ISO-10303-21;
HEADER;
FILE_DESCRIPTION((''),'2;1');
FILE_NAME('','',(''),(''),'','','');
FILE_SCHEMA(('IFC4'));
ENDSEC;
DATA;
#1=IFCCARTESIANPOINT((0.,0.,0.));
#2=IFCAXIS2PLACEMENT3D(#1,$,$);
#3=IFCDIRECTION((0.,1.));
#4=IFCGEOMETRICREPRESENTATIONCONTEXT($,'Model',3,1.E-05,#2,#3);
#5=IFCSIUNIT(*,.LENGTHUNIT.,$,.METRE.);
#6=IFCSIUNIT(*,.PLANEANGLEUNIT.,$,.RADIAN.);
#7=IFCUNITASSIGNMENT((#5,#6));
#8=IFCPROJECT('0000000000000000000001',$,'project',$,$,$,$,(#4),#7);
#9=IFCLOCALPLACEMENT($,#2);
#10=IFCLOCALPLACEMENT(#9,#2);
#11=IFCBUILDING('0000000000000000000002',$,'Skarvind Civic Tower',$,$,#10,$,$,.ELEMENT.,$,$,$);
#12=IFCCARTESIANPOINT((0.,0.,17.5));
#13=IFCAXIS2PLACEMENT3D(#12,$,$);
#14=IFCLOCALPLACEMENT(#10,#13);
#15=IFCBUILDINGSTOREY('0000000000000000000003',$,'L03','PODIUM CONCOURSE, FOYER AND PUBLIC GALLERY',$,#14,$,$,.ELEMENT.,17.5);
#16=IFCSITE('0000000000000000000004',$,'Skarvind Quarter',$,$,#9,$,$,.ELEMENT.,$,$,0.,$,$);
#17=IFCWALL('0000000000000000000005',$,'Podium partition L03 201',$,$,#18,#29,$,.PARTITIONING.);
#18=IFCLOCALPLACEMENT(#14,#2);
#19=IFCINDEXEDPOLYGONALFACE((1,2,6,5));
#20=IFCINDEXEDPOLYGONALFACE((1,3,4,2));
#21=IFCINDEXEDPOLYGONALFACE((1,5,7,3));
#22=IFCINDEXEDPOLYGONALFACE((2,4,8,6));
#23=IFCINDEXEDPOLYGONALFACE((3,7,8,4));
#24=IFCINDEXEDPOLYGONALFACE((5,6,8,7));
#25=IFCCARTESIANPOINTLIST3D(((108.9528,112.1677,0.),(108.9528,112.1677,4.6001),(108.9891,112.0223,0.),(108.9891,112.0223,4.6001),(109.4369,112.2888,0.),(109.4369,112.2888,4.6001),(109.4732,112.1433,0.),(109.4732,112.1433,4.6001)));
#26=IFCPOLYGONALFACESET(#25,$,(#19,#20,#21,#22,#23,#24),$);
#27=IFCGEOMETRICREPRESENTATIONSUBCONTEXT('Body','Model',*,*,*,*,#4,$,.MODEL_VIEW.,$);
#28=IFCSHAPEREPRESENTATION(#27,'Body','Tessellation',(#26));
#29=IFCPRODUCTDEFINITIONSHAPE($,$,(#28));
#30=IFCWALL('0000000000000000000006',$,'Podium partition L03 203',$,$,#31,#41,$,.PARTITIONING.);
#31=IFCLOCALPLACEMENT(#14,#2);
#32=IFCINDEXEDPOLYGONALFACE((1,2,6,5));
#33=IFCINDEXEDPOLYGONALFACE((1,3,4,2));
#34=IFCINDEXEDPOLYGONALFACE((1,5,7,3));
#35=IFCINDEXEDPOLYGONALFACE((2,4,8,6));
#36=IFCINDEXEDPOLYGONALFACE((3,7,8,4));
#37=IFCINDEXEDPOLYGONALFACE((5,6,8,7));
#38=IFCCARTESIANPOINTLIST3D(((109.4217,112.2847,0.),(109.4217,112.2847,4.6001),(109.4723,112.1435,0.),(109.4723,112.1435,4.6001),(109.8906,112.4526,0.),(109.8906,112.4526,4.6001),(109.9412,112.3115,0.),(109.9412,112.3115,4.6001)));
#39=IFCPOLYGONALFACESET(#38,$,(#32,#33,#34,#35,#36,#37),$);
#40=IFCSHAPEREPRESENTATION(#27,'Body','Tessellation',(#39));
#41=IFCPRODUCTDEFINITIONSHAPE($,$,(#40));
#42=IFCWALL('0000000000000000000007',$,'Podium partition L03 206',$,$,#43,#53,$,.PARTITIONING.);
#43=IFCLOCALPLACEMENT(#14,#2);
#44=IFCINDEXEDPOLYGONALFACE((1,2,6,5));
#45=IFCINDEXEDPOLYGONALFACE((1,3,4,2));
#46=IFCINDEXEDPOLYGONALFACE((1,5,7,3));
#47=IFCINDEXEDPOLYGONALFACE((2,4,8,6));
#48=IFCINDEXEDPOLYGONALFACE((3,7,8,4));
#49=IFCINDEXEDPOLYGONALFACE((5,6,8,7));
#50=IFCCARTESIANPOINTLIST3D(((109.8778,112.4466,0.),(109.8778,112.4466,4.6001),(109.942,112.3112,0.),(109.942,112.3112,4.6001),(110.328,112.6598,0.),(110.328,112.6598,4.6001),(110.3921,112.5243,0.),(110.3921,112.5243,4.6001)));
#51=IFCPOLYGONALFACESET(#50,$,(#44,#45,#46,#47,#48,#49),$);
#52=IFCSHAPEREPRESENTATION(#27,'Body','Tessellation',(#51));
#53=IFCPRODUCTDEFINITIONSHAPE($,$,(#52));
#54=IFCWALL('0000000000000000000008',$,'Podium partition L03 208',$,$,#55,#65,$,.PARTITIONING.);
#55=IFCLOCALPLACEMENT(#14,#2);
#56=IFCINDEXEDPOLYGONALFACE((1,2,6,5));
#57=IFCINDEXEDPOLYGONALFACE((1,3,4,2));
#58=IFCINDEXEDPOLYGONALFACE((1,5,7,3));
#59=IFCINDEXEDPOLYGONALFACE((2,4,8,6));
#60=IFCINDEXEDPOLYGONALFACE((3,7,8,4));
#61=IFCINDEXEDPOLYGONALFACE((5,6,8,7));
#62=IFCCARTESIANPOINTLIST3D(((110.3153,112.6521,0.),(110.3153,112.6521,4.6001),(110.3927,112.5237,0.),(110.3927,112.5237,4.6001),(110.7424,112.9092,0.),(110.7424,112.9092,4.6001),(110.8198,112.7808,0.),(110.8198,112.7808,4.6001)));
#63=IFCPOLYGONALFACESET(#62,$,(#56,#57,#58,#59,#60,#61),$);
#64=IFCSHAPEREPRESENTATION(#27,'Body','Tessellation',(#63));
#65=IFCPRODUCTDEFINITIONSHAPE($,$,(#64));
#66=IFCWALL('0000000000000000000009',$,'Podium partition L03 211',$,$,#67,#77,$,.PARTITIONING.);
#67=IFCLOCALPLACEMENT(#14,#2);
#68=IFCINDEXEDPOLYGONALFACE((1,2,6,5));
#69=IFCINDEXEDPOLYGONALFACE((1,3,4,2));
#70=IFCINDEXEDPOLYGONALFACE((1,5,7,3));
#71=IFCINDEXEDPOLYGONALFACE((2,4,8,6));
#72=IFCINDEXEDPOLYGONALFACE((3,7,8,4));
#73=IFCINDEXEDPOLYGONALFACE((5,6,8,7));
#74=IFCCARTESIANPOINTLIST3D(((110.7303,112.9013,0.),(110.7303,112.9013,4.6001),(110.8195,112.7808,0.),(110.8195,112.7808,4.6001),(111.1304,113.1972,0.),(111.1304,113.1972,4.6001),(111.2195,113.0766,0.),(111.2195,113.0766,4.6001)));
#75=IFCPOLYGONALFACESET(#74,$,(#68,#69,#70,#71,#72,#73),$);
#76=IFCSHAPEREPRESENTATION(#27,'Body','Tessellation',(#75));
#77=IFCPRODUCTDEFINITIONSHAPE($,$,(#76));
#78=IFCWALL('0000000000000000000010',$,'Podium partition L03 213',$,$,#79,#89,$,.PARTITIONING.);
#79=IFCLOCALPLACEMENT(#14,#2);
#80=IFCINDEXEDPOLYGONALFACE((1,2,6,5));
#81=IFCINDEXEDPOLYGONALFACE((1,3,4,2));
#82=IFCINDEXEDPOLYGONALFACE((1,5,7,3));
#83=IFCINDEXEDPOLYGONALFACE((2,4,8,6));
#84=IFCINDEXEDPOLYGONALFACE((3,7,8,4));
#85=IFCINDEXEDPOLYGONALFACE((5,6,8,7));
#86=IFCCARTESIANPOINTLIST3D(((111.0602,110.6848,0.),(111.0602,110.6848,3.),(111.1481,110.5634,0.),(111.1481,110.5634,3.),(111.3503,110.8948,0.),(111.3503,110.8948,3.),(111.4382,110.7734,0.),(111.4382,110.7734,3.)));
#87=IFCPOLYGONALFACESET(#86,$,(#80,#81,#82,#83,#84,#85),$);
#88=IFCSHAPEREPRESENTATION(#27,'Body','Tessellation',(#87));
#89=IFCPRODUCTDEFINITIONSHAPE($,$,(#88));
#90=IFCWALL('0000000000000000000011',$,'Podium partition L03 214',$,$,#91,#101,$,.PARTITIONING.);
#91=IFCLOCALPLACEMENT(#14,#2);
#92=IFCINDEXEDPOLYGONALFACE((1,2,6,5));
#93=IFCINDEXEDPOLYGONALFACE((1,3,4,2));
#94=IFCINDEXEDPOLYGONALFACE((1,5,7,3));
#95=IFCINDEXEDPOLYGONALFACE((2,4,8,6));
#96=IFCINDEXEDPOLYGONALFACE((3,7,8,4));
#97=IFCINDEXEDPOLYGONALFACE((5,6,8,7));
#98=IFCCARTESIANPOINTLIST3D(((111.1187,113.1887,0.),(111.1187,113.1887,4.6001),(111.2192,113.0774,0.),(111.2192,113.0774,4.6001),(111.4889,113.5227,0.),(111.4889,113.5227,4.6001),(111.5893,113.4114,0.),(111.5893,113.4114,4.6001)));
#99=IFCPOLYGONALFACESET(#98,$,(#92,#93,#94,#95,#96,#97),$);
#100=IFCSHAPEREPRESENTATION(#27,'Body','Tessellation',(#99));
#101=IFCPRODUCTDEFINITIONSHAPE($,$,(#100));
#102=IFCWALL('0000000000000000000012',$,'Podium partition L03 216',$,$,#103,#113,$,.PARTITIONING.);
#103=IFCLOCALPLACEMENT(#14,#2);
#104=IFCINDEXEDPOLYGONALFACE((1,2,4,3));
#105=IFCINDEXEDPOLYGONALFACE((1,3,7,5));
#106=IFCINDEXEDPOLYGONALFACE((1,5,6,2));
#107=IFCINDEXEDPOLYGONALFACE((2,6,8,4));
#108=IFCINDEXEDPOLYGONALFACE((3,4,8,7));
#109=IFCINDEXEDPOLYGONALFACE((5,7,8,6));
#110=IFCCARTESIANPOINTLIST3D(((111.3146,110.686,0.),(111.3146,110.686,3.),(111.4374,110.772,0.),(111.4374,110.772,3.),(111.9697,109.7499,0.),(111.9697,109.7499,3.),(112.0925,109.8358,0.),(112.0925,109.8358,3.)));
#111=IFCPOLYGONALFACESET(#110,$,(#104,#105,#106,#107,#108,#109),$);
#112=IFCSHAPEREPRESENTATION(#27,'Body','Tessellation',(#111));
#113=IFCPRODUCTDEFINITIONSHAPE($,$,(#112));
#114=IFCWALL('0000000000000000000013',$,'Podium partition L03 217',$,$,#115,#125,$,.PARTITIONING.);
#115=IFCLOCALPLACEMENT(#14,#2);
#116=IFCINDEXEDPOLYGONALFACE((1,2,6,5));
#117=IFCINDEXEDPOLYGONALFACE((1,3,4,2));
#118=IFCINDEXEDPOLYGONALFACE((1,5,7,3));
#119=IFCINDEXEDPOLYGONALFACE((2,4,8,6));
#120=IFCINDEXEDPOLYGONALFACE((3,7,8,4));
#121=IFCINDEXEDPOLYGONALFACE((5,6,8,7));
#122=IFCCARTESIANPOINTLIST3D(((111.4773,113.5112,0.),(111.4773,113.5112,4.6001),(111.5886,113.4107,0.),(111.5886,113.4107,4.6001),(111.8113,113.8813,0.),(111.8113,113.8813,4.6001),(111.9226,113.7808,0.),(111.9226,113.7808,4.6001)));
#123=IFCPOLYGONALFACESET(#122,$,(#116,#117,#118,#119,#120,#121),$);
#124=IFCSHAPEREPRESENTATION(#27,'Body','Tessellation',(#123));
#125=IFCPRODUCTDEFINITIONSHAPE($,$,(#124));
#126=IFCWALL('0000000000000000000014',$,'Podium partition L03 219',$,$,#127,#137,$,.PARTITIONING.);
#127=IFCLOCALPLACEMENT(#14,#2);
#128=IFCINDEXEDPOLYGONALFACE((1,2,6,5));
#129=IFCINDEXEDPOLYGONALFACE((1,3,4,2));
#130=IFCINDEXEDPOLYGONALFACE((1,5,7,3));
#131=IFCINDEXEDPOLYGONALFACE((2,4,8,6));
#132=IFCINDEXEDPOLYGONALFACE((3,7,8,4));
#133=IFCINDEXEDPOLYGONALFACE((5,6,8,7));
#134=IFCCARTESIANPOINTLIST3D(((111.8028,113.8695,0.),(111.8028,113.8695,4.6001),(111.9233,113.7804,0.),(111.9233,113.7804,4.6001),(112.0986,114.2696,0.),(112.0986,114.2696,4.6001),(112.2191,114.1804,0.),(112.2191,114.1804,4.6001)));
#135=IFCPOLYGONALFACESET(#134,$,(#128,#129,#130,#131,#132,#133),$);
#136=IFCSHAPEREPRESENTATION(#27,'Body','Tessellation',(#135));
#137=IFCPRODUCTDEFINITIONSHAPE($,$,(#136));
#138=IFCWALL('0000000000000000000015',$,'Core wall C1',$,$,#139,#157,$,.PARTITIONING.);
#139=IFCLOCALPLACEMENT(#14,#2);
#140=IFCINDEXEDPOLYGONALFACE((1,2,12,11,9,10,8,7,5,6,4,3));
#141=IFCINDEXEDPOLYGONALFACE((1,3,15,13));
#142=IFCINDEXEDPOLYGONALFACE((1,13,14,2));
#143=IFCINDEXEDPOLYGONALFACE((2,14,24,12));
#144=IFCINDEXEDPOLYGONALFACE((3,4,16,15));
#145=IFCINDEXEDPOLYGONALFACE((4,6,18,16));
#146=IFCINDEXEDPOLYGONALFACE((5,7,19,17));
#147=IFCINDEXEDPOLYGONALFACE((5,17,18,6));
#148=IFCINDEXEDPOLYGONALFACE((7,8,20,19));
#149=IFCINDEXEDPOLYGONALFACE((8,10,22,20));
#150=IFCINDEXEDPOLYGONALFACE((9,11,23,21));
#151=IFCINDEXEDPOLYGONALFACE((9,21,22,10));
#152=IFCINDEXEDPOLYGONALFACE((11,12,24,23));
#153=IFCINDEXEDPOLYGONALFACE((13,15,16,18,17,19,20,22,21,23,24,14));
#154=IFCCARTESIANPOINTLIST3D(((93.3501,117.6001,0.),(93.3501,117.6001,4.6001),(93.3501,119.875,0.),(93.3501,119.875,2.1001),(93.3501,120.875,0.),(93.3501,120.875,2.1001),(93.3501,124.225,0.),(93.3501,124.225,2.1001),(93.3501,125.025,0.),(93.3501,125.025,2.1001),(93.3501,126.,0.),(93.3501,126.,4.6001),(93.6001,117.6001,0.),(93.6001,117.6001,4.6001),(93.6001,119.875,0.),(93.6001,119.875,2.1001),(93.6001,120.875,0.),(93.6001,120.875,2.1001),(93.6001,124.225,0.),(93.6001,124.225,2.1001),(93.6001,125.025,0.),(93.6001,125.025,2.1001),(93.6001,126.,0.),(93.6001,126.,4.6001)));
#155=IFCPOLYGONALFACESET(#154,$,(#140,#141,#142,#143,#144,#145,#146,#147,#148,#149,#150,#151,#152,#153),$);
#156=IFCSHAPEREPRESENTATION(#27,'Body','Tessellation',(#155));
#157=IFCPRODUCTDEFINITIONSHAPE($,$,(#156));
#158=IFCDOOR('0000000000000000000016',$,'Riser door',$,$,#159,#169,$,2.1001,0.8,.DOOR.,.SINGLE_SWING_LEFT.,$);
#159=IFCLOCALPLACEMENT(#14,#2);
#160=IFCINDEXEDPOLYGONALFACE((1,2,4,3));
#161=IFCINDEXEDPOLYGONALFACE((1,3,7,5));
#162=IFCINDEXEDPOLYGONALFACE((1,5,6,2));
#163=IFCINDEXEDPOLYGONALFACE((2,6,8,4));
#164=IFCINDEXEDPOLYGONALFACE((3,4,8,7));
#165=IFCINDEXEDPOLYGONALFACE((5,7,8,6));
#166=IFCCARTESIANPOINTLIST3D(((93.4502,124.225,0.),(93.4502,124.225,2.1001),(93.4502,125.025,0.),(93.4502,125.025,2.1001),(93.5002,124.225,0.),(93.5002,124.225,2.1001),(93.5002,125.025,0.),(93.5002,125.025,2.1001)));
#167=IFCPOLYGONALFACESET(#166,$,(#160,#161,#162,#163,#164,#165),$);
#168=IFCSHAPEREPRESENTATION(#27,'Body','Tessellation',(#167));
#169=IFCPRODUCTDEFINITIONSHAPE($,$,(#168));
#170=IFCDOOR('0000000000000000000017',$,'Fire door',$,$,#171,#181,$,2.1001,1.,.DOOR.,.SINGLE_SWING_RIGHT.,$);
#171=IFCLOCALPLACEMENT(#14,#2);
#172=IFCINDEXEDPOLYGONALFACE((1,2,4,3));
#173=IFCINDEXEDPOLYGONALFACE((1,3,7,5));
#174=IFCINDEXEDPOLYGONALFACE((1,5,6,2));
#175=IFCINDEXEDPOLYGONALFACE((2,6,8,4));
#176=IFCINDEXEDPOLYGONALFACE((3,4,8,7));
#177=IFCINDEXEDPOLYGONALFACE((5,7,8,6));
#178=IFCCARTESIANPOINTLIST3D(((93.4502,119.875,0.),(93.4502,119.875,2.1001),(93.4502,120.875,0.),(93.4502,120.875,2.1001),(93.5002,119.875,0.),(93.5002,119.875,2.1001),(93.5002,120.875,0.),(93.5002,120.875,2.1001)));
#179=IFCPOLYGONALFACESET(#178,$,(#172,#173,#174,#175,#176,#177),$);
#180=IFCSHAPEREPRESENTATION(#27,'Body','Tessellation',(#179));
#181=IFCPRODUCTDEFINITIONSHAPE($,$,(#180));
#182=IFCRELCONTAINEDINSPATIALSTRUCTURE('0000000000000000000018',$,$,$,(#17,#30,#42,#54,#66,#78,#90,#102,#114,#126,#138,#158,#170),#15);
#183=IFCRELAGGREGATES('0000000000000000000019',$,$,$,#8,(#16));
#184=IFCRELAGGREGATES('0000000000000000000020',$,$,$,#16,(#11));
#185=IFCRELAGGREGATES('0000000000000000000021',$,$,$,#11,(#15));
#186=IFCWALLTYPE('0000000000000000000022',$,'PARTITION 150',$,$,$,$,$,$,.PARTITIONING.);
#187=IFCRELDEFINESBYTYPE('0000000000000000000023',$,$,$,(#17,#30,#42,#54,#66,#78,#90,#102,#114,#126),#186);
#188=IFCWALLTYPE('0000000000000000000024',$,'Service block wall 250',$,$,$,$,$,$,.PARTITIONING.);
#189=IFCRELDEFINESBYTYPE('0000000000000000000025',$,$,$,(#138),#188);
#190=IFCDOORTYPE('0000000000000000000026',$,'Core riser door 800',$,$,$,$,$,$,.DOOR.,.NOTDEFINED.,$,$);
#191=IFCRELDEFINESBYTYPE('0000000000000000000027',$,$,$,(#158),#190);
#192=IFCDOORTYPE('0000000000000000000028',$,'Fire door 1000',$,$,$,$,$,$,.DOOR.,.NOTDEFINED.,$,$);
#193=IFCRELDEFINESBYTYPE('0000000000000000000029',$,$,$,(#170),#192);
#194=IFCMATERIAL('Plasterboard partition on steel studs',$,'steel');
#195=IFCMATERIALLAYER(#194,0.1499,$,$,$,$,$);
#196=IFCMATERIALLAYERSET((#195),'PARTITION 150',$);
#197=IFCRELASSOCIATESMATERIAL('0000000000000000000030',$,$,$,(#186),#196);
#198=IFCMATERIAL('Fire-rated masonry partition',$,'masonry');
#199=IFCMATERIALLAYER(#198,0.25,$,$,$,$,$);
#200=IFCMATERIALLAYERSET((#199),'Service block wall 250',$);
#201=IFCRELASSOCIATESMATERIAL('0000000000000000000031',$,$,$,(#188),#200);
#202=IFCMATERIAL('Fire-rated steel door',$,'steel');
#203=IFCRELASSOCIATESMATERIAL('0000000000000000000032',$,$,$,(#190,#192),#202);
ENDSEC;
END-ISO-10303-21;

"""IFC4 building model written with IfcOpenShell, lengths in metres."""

from ifc_helpers import new_model, si_unit, direction, frame, frame_2d, origin, place, context, subcontext, project, spatial, rectangle, extrude, material, layer, layer_set, type_object, element, fill, save


model = new_model("IFC4")

# Units and contexts
model_context = context("Model", 3, precision=1e-05, world=origin(), true_north=direction((0.0, 1.0)))
body_context = subcontext(model_context, "Body", "Model", "MODEL_VIEW")
ifc_project = project(units=[si_unit("LENGTHUNIT", "METRE"), si_unit("PLANEANGLEUNIT", "RADIAN")], contexts=[model_context])

# Site, building, storey
site_placement = place(None, origin())
site = spatial("IfcSite", under=ifc_project, at=site_placement, Name="Skarvind Quarter", CompositionType="ELEMENT", RefElevation=0.0)
building_placement = place(site_placement, origin())
building = spatial("IfcBuilding", under=site, at=building_placement, Name="Skarvind Civic Tower", CompositionType="ELEMENT")
storey_placement = place(building_placement, frame((0.0, 0.0, 17.5)))
storey = spatial("IfcBuildingStorey", under=building, at=storey_placement, Name="L03", Description="PODIUM CONCOURSE, FOYER AND PUBLIC GALLERY", CompositionType="ELEMENT", Elevation=17.5)

# Shared definitions
ifc_material_1 = material(Name="Fire-rated masonry partition", Category="masonry")
ifc_material_2 = material(Name="Fire-rated steel door", Category="steel")

# Shared definitions
ifc_material_3 = material(Name="Plasterboard partition on steel studs", Category="steel")
ifc_layer_1 = layer(ifc_material_3, 0.1499)
ifc_layer_set_1 = layer_set([ifc_layer_1], Name="PARTITION 150")
wall_type_1 = type_object("IfcWallType", Name="PARTITION 150", PredefinedType="PARTITIONING", material=ifc_layer_set_1)

# Walls
wall_1_placement = place(storey_placement, frame((108.9709, 112.095, 0.0), z_axis=(0.0, 0.0, 1.0), x_axis=(0.970114, 0.242651, 0.0)))
element("IfcWall", 1, at=wall_1_placement, inside=storey, type_object=wall_type_1, Name="Podium partition L03 201", PredefinedType="PARTITIONING", context=body_context, shape_type="SweptSolid", body=[
    extrude(rectangle(XDim=0.499, YDim=0.1499, at=frame_2d((0.2495, 0.0))), origin(), (0.0, 0.0, 1.0), 4.6001),
])
for number, where, z_axis, x_axis, name in (
    (2, (109.447, 112.2141, 0.0), (0.0, 0.0, 1.0), (0.941442, 0.337174, 0.0), "Podium partition L03 203"),
    (3, (109.9099, 112.3789, 0.0), (0.0, 0.0, 1.0), (0.903828, 0.427897, 0.0), "Podium partition L03 206"),
):
    element("IfcWall", number, at=place(storey_placement, frame(where, z_axis=z_axis, x_axis=x_axis)), inside=storey, type_object=wall_type_1, Name=name, PredefinedType="PARTITIONING", context=body_context, shape_type="SweptSolid", body=[
        extrude(rectangle(XDim=0.498, YDim=0.1499, at=frame_2d((0.249, 0.0))), origin(), (0.0, 0.0, 1.0), 4.6001),
    ])
wall_2_placement = place(storey_placement, frame((110.354, 112.5879, 0.0), z_axis=(0.0, 0.0, 1.0), x_axis=(0.856714, 0.515792, 0.0)))
element("IfcWall", 4, at=wall_2_placement, inside=storey, type_object=wall_type_1, Name="Podium partition L03 208", PredefinedType="PARTITIONING", context=body_context, shape_type="SweptSolid", body=[
    extrude(rectangle(XDim=0.4985, YDim=0.1499, at=frame_2d((0.2493, 0.0))), origin(), (0.0, 0.0, 1.0), 4.6001),
])
wall_3_placement = place(storey_placement, frame((110.7749, 112.8411, 0.0), z_axis=(0.0, 0.0, 1.0), x_axis=(0.804044, 0.59457, 0.0)))
element("IfcWall", 5, at=wall_3_placement, inside=storey, type_object=wall_type_1, Name="Podium partition L03 211", PredefinedType="PARTITIONING", context=body_context, shape_type="SweptSolid", body=[
    extrude(rectangle(XDim=0.4976, YDim=0.1499, at=frame_2d((0.2488, 0.0))), origin(), (0.0, 0.0, 1.0), 4.6001),
])
wall_4_placement = place(storey_placement, frame((111.104, 110.624, 0.0), z_axis=(0.0, 0.0, 1.0), x_axis=(0.810031, 0.586386, 0.0)))
element("IfcWall", 6, at=wall_4_placement, inside=storey, type_object=wall_type_1, Name="Podium partition L03 213", PredefinedType="PARTITIONING", context=body_context, shape_type="SweptSolid", body=[
    extrude(rectangle(XDim=0.3582, YDim=0.1499, at=frame_2d((0.1792, 0.0))), origin(), (0.0, 0.0, 1.0), 3.0),
])
wall_5_placement = place(storey_placement, frame((111.1689, 113.1331, 0.0), z_axis=(0.0, 0.0, 1.0), x_axis=(0.742417, 0.669938, 0.0)))
element("IfcWall", 7, at=wall_5_placement, inside=storey, type_object=wall_type_1, Name="Podium partition L03 214", PredefinedType="PARTITIONING", context=body_context, shape_type="SweptSolid", body=[
    extrude(rectangle(XDim=0.4985, YDim=0.1499, at=frame_2d((0.2493, 0.0))), origin(), (0.0, 0.0, 1.0), 4.6001),
])
wall_6_placement = place(storey_placement, frame((111.376, 110.729, 0.0), z_axis=(0.0, 0.0, 1.0), x_axis=(0.573348, -0.819312, 0.0)))
element("IfcWall", 8, at=wall_6_placement, inside=storey, type_object=wall_type_1, Name="Podium partition L03 216", PredefinedType="PARTITIONING", context=body_context, shape_type="SweptSolid", body=[
    extrude(rectangle(XDim=1.1426, YDim=0.1499, at=frame_2d((0.5713, 0.0))), origin(), (0.0, 0.0, 1.0), 3.0),
])
wall_7_placement = place(storey_placement, frame((111.533, 113.4609, 0.0), z_axis=(0.0, 0.0, 1.0), x_axis=(0.669938, 0.742417, 0.0)))
element("IfcWall", 9, at=wall_7_placement, inside=storey, type_object=wall_type_1, Name="Podium partition L03 217", PredefinedType="PARTITIONING", context=body_context, shape_type="SweptSolid", body=[
    extrude(rectangle(XDim=0.4985, YDim=0.1499, at=frame_2d((0.2493, 0.0))), origin(), (0.0, 0.0, 1.0), 4.6001),
])
wall_8_placement = place(storey_placement, frame((111.863, 113.825, 0.0), z_axis=(0.0, 0.0, 1.0), x_axis=(0.59457, 0.804044, 0.0)))
element("IfcWall", 10, at=wall_8_placement, inside=storey, type_object=wall_type_1, Name="Podium partition L03 219", PredefinedType="PARTITIONING", context=body_context, shape_type="SweptSolid", body=[
    extrude(rectangle(XDim=0.4976, YDim=0.1499, at=frame_2d((0.2488, 0.0))), origin(), (0.0, 0.0, 1.0), 4.6001),
])

# Wall, openings, doors
ifc_layer_2 = layer(ifc_material_1, 0.25)
ifc_layer_set_2 = layer_set([ifc_layer_2], Name="Service block wall 250")
wall_type_2 = type_object("IfcWallType", Name="Service block wall 250", PredefinedType="PARTITIONING", material=ifc_layer_set_2)
wall_9_placement = place(storey_placement, frame((93.4751, 117.6001, 0.0), z_axis=(0.0, 0.0, 1.0), x_axis=(0.0, 1.0, 0.0)))
wall_9 = element("IfcWall", 11, at=wall_9_placement, inside=storey, type_object=wall_type_2, Name="Core wall C1", PredefinedType="PARTITIONING", context=body_context, shape_type="SweptSolid", body=[
    extrude(rectangle(XDim=8.3999, YDim=0.25, at=frame_2d((4.2, 0.0))), origin(), (0.0, 0.0, 1.0), 4.6001),
])
opening_1_placement = place(wall_9_placement, frame((6.625, 0.0, 0.0)))
opening_1 = element("IfcOpeningElement", 12, at=opening_1_placement, cuts=wall_9, PredefinedType="OPENING", context=body_context, shape_type="SweptSolid", body=[
    extrude(rectangle(XDim=0.8, YDim=2.1001, at=frame_2d((0.3999, 1.05))), frame((0.0, 0.135, 0.0), z_axis=(0.0, -1.0, 0.0), x_axis=(1.0, 0.0, 0.0)), (0.0, 0.0, 1.0), 0.27),
])
opening_2_placement = place(wall_9_placement, frame((2.2749, 0.0, 0.0)))
opening_2 = element("IfcOpeningElement", 13, at=opening_2_placement, cuts=wall_9, PredefinedType="OPENING", context=body_context, shape_type="SweptSolid", body=[
    extrude(rectangle(XDim=1.0, YDim=2.1001, at=frame_2d((0.5, 1.05))), frame((0.0, 0.135, 0.0), z_axis=(0.0, -1.0, 0.0), x_axis=(1.0, 0.0, 0.0)), (0.0, 0.0, 1.0), 0.27),
])
door_type_1 = type_object("IfcDoorType", Name="Core riser door 800", OperationType="NOTDEFINED", PredefinedType="DOOR", material=ifc_material_2)
door_1_placement = place(opening_1_placement, origin())
door_1 = element("IfcDoor", 14, at=door_1_placement, inside=storey, type_object=door_type_1, Name="Riser door", OperationType="SINGLE_SWING_LEFT", OverallHeight=2.1001, OverallWidth=0.8, PredefinedType="DOOR", context=body_context, shape_type="SweptSolid", body=[
    extrude(rectangle(XDim=0.8, YDim=2.1001, at=frame_2d((0.3999, 1.05))), frame((0.0, 0.0249, 0.0), z_axis=(0.0, -1.0, 0.0), x_axis=(1.0, 0.0, 0.0)), (0.0, 0.0, 1.0), 0.05),
])
fill(opening_1, door_1)
door_type_2 = type_object("IfcDoorType", Name="Fire door 1000", OperationType="NOTDEFINED", PredefinedType="DOOR", material=ifc_material_2)
door_2_placement = place(opening_2_placement, origin())
door_2 = element("IfcDoor", 15, at=door_2_placement, inside=storey, type_object=door_type_2, Name="Fire door", OperationType="SINGLE_SWING_RIGHT", OverallHeight=2.1001, OverallWidth=1.0, PredefinedType="DOOR", context=body_context, shape_type="SweptSolid", body=[
    extrude(rectangle(XDim=1.0, YDim=2.1001, at=frame_2d((0.5, 1.05))), frame((0.0, 0.0249, 0.0), z_axis=(0.0, -1.0, 0.0), x_axis=(1.0, 0.0, 0.0)), (0.0, 0.0, 1.0), 0.05),
])
fill(opening_2, door_2)

save(model, "model.ifc")
